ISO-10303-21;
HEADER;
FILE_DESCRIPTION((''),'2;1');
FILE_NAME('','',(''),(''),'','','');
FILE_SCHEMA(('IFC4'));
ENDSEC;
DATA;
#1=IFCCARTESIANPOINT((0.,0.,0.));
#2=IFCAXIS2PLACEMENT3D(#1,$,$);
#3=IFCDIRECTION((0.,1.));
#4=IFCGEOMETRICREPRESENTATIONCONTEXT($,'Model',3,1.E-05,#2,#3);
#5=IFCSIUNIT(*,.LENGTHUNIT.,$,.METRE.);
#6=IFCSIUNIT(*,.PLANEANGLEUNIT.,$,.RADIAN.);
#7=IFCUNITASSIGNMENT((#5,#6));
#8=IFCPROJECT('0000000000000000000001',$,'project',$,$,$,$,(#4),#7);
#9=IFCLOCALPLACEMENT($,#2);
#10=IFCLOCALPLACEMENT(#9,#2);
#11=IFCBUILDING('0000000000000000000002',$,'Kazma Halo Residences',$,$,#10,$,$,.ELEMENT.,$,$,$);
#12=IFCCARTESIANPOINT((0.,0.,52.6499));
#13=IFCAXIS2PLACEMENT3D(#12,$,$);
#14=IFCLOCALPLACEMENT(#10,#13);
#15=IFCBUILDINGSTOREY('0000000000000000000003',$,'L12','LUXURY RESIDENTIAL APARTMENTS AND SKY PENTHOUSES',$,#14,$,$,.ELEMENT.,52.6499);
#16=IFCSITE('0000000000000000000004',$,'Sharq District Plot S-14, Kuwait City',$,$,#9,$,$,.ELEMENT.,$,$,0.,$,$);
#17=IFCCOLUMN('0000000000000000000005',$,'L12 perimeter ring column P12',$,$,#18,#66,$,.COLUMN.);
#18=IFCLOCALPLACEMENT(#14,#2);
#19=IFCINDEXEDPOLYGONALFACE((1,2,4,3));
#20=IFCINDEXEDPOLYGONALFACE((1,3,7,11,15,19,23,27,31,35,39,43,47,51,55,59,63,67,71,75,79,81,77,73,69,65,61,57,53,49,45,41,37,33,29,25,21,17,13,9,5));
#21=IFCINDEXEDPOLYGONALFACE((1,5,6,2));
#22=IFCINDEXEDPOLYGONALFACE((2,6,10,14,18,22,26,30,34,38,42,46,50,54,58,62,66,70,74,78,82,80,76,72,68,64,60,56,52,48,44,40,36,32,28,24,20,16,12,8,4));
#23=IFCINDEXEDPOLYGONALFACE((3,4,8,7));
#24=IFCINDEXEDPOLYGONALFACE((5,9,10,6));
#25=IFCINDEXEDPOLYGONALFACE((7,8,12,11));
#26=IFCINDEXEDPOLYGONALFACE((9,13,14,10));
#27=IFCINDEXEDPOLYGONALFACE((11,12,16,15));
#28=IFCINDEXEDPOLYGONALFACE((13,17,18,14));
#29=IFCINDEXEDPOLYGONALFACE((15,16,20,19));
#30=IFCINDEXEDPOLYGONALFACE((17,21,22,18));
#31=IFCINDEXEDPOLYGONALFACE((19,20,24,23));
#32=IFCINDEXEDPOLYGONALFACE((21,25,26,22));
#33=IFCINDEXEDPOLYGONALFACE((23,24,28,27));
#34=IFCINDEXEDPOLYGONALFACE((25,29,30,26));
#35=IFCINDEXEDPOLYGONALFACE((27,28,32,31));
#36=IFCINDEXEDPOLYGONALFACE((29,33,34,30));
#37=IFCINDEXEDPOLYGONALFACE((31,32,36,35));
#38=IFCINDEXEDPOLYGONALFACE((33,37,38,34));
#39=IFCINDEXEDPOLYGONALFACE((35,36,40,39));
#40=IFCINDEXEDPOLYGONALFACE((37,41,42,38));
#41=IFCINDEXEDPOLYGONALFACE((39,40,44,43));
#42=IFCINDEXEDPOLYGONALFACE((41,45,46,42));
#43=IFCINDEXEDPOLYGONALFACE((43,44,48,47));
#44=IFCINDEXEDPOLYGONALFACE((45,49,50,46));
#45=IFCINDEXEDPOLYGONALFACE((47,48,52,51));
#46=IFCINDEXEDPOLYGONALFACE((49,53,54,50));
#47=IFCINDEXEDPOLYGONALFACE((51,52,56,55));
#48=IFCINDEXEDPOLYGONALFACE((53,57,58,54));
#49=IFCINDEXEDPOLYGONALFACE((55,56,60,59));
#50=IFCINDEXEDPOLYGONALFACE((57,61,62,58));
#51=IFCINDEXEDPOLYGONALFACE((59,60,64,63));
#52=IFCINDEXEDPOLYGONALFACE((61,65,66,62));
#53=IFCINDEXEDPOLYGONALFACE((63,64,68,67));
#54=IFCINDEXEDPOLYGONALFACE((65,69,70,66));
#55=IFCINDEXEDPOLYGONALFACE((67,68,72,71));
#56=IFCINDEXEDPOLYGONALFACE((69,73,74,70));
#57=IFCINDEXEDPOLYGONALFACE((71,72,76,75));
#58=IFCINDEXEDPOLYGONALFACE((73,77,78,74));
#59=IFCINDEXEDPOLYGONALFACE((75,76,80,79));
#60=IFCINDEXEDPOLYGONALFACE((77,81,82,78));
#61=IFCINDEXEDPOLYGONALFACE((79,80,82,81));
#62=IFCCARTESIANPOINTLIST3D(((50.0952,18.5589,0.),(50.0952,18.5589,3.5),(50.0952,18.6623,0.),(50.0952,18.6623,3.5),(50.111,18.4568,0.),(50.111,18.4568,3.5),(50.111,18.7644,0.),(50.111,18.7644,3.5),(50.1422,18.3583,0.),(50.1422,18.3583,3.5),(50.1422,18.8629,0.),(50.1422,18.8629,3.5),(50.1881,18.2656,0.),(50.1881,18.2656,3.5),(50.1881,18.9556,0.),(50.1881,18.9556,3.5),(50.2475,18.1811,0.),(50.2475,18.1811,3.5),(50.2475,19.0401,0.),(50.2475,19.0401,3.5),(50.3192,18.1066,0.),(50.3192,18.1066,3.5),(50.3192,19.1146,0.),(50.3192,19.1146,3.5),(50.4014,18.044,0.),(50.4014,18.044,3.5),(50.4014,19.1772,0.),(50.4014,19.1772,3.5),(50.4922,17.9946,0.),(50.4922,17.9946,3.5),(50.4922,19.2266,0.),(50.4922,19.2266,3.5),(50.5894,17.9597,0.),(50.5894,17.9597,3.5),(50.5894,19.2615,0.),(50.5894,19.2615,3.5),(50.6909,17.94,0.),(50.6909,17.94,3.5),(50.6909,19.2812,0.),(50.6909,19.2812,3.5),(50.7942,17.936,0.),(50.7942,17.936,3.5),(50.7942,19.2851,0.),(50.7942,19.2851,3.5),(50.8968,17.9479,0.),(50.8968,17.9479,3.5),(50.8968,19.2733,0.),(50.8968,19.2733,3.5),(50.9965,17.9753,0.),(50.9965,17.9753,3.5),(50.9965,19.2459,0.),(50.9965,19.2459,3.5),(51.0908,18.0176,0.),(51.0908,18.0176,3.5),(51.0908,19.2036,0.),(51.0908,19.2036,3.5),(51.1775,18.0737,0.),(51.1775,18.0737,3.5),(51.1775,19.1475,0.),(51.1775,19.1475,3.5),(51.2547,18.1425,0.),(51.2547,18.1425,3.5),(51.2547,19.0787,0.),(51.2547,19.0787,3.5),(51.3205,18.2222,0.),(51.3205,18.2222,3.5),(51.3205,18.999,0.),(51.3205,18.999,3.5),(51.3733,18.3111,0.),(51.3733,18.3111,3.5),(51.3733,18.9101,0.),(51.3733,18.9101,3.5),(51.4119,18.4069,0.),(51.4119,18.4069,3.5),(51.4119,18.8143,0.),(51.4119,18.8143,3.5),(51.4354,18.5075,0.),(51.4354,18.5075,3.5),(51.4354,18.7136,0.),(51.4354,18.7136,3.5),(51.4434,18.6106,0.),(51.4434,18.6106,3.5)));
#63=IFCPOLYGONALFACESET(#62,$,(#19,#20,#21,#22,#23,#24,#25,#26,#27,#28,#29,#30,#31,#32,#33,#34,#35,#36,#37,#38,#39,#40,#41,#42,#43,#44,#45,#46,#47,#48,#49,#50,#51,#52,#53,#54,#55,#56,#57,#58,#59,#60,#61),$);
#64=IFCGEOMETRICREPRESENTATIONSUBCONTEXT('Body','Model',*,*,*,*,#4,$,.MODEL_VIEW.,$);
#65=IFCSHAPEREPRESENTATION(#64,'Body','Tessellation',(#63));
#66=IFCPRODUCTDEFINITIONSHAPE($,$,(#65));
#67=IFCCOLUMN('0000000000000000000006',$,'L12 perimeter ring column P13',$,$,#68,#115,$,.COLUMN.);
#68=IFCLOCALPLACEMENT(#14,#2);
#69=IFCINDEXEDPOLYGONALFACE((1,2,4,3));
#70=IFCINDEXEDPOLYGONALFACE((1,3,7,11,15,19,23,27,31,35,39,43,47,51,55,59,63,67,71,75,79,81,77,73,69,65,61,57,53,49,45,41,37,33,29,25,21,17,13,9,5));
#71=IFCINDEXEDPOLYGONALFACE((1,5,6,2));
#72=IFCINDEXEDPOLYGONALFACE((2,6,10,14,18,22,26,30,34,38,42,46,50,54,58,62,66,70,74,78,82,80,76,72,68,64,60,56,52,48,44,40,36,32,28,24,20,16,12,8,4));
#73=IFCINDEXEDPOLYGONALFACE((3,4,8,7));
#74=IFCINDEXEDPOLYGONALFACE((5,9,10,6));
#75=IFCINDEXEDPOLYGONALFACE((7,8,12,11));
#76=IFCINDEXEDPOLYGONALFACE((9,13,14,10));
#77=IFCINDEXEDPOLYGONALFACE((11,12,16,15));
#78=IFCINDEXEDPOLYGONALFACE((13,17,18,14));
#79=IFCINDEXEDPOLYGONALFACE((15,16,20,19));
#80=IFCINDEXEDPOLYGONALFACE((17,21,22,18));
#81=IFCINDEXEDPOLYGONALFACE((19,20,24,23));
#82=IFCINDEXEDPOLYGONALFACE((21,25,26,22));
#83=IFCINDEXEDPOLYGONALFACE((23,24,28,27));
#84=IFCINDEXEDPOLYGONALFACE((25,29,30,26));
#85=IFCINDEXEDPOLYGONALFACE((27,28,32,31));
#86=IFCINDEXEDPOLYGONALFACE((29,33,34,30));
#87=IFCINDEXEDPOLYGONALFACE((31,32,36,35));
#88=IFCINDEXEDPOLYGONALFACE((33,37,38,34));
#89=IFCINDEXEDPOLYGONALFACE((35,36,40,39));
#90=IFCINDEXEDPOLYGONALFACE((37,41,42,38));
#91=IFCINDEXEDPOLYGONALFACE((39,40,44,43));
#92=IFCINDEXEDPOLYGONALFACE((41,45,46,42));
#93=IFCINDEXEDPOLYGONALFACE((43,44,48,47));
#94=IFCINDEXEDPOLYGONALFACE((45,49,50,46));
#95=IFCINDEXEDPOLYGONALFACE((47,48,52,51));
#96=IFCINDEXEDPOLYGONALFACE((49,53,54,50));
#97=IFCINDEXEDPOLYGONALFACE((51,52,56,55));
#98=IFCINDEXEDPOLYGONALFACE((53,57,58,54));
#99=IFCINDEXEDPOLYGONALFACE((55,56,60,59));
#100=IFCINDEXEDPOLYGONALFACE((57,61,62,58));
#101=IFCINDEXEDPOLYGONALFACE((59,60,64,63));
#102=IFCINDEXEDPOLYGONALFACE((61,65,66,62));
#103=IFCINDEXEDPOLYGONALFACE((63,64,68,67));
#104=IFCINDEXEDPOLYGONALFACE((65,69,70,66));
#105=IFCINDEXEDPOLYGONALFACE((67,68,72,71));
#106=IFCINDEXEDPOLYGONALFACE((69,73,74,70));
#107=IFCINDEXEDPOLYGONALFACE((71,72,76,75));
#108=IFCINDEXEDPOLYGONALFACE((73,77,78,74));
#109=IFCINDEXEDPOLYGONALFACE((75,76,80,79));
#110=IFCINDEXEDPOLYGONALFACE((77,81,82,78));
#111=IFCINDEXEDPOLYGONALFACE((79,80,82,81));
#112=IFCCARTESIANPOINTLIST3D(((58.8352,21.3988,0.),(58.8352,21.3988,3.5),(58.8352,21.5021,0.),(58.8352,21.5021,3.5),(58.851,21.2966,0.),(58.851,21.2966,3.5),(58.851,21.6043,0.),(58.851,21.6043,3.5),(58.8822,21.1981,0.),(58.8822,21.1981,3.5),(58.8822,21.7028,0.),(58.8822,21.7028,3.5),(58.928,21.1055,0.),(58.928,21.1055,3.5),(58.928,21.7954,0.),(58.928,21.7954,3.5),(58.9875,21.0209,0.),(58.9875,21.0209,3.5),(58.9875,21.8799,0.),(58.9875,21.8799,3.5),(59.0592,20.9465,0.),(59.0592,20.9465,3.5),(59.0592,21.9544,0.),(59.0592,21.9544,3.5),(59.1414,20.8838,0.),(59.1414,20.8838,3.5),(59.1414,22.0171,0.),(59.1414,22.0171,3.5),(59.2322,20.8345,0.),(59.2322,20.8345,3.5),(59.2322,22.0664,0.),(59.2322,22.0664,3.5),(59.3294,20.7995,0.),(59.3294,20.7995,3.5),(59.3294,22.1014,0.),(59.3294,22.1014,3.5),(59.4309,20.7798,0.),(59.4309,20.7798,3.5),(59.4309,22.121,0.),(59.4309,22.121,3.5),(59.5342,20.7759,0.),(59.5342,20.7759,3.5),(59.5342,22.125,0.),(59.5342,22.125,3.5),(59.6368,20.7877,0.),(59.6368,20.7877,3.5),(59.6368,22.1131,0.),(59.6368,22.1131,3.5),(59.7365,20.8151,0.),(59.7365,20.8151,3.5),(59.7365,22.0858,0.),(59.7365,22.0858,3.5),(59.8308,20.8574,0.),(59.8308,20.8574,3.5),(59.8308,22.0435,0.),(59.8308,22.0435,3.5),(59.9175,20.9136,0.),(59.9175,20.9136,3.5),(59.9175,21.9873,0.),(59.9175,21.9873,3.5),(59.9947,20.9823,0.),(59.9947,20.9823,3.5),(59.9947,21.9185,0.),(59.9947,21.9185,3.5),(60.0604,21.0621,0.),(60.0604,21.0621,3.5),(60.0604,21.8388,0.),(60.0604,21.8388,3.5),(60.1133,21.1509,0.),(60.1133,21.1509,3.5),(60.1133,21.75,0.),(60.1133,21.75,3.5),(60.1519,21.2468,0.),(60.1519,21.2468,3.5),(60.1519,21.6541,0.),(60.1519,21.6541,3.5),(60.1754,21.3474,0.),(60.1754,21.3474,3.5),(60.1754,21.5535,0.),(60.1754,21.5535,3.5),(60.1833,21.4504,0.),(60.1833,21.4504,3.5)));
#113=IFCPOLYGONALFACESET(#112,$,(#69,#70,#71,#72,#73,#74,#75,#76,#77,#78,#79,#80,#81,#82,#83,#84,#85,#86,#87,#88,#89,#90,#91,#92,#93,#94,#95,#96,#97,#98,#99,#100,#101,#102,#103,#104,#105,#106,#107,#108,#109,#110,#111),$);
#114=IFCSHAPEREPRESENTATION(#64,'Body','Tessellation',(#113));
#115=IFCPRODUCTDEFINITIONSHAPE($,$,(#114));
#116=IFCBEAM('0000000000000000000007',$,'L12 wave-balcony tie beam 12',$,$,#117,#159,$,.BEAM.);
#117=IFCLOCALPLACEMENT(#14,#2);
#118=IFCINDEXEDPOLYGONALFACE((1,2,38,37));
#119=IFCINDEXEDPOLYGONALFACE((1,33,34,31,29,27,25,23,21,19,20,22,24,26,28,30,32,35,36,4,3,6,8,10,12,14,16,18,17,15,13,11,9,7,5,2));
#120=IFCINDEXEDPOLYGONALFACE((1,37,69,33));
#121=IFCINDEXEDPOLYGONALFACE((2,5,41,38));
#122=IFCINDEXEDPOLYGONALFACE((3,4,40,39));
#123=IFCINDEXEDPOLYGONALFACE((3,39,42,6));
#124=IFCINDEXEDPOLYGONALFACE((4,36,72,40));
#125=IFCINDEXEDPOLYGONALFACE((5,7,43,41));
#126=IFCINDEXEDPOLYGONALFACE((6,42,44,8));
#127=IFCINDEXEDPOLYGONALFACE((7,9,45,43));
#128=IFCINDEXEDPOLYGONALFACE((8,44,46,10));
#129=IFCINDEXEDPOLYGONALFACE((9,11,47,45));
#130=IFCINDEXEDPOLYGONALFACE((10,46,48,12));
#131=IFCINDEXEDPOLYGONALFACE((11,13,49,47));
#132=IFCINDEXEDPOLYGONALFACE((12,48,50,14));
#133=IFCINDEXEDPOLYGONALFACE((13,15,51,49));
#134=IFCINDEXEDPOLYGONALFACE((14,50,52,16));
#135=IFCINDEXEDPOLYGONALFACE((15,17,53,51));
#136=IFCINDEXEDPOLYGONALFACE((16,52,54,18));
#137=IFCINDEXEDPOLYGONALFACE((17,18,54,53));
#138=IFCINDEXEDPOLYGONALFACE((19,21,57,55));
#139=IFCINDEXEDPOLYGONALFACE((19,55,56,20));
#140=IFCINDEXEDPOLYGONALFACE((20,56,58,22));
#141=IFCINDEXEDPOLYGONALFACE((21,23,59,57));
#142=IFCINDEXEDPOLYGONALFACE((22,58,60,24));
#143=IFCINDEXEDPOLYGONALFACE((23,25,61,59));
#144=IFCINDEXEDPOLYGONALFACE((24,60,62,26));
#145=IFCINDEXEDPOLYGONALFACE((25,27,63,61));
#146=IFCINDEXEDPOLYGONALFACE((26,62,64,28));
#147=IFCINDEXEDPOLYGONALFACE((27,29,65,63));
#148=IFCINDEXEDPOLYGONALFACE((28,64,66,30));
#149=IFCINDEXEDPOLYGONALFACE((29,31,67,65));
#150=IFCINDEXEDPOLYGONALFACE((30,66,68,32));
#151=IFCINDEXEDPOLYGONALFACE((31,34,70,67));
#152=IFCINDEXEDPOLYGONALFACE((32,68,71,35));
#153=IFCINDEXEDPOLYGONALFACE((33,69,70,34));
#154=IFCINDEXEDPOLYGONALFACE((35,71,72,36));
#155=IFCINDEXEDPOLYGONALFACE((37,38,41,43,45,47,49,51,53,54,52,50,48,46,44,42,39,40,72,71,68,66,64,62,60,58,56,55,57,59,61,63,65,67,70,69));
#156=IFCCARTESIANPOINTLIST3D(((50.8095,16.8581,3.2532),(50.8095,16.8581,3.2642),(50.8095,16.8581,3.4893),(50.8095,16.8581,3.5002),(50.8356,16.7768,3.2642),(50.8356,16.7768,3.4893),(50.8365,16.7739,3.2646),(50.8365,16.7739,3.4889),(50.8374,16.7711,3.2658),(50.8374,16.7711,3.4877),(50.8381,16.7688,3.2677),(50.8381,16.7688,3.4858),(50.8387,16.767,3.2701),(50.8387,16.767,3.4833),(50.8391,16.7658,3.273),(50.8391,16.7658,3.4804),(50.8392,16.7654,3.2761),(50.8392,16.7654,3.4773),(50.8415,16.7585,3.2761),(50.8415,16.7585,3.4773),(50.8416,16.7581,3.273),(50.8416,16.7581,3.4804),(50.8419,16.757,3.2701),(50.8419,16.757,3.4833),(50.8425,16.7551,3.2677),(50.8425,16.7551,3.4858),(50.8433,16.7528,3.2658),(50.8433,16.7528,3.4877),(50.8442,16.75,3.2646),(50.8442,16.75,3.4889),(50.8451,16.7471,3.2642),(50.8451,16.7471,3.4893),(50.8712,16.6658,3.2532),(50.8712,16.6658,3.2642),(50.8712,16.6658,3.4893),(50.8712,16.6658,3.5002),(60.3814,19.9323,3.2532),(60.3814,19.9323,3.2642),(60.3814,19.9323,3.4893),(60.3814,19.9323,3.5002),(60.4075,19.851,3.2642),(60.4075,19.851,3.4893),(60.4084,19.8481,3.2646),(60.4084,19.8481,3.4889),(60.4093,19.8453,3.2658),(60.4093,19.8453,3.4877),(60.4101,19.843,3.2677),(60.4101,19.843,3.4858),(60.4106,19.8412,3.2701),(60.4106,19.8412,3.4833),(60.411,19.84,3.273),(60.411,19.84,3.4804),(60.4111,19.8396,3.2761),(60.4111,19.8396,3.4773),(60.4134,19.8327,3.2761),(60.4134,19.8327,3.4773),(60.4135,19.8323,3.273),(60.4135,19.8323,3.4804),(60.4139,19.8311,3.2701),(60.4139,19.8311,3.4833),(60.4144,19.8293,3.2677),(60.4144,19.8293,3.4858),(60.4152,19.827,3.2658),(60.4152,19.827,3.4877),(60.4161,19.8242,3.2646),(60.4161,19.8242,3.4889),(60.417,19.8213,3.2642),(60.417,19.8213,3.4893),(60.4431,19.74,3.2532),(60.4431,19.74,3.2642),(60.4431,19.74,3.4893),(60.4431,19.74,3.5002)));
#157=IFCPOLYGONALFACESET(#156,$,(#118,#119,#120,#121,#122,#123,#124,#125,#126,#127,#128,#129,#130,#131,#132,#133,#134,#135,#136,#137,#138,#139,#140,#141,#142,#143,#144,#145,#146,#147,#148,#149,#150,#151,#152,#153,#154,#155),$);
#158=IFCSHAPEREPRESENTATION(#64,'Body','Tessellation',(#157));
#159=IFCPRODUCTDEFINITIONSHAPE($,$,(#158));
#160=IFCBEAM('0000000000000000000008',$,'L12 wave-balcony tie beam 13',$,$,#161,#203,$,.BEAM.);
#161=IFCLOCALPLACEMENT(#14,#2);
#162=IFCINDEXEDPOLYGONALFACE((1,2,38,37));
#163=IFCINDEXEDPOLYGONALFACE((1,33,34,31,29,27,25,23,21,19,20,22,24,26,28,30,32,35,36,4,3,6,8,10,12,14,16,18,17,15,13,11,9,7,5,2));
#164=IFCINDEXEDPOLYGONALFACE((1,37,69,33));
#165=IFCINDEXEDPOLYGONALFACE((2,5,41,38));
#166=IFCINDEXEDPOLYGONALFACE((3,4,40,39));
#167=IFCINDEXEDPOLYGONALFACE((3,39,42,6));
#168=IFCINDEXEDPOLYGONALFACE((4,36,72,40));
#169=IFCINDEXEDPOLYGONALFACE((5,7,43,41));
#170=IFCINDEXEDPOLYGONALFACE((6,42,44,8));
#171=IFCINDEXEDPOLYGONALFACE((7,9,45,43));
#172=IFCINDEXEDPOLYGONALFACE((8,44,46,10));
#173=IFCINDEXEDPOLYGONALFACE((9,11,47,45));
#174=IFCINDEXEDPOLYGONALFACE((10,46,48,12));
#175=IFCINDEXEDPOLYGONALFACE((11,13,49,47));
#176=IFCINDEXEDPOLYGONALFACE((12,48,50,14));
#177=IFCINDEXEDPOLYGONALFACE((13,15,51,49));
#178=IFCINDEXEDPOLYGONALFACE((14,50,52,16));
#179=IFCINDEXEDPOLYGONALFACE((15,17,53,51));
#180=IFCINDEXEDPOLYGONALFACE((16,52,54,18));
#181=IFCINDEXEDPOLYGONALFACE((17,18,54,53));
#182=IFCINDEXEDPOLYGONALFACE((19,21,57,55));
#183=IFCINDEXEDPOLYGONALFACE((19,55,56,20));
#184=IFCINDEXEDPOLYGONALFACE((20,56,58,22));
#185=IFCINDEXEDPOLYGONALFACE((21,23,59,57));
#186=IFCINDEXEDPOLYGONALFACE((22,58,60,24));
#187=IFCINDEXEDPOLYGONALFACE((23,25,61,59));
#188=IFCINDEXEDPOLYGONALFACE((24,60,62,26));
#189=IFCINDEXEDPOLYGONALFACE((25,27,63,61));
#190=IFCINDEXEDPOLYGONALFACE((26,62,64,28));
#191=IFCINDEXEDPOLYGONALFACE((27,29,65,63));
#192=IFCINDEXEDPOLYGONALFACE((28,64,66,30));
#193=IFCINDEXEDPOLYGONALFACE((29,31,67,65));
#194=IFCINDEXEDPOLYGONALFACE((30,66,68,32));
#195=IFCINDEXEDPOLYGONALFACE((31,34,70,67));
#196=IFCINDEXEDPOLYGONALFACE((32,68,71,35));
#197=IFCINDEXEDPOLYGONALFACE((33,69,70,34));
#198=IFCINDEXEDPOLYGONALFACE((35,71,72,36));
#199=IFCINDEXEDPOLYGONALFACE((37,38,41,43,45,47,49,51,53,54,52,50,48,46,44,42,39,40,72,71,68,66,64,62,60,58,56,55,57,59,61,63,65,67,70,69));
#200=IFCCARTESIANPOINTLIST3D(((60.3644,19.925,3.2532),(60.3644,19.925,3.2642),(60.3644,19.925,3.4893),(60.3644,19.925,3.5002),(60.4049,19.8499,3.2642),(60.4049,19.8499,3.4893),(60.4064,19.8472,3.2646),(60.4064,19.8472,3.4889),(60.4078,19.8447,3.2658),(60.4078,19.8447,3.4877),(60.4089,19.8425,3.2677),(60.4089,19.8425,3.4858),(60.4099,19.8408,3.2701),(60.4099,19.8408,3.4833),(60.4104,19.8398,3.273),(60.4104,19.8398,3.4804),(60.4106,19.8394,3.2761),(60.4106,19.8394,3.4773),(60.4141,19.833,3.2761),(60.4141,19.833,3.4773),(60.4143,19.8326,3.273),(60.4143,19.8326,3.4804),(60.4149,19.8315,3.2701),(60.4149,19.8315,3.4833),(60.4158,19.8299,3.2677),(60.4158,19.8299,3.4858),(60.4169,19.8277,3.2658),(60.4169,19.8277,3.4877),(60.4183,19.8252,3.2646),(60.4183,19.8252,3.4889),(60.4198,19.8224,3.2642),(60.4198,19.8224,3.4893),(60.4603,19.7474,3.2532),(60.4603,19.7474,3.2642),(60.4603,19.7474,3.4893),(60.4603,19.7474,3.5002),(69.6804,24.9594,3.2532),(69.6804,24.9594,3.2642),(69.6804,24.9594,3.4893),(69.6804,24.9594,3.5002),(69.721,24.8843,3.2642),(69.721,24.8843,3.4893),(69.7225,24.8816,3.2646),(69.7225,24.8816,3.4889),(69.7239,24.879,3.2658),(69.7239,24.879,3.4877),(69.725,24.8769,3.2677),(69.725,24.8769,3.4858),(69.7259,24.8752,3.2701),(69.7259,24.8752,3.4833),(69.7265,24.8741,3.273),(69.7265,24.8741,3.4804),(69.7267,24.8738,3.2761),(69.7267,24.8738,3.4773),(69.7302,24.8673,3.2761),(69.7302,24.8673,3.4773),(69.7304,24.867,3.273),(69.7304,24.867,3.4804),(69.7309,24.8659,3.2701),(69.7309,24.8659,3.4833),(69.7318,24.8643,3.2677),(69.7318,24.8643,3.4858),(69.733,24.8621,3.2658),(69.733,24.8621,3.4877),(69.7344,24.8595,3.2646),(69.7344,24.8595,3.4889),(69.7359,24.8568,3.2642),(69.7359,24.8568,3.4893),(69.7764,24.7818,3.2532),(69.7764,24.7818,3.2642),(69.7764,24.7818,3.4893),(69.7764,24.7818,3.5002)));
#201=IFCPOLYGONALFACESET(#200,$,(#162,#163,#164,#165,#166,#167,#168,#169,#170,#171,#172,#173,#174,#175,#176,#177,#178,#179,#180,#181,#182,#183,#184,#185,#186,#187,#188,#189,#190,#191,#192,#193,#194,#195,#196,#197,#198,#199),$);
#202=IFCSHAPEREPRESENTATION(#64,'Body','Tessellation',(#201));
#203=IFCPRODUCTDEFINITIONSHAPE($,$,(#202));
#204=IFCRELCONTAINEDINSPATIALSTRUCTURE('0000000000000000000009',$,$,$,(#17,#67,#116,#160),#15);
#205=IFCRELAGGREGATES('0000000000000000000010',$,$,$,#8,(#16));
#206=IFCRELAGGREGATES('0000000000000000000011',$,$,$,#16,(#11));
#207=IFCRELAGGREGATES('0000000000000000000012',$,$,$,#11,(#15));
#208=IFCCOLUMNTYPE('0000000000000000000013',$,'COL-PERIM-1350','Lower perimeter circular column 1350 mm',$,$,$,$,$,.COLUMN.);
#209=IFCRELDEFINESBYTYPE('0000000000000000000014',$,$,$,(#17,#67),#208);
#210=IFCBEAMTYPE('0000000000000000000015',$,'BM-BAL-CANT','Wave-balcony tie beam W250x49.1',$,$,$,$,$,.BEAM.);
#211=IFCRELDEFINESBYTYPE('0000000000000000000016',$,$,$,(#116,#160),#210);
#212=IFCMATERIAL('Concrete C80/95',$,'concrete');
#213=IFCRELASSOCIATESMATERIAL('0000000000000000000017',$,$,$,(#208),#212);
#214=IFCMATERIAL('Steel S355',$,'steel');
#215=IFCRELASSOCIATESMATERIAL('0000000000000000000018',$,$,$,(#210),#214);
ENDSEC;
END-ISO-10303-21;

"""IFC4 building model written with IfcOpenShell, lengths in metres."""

from ifc_helpers import new_model, si_unit, direction, frame, origin, origin_2d, place, context, subcontext, project, spatial, circle, i_section, extrude, material, material_profile, profile_set, type_object, element, save


model = new_model("IFC4")

# Units and contexts
model_context = context("Model", 3, precision=1e-05, world=origin(), true_north=direction((0.0, 1.0)))
body_context = subcontext(model_context, "Body", "Model", "MODEL_VIEW")
ifc_project = project(units=[si_unit("LENGTHUNIT", "METRE"), si_unit("PLANEANGLEUNIT", "RADIAN")], contexts=[model_context])

# Site, building, storey
site_placement = place(None, origin())
site = spatial("IfcSite", under=ifc_project, at=site_placement, Name="Sharq District Plot S-14, Kuwait City", CompositionType="ELEMENT", RefElevation=0.0)
building_placement = place(site_placement, origin())
building = spatial("IfcBuilding", under=site, at=building_placement, Name="Kazma Halo Residences", CompositionType="ELEMENT")
storey_placement = place(building_placement, frame((0.0, 0.0, 52.6499)))
storey = spatial("IfcBuildingStorey", under=building, at=storey_placement, Name="L12", Description="LUXURY RESIDENTIAL APARTMENTS AND SKY PENTHOUSES", CompositionType="ELEMENT", Elevation=52.6499)

# Columns
ifc_material_1 = material(Name="Concrete C80/95", Category="concrete")
ifc_material_profile_1 = material_profile(ifc_material_1, circle(Radius=0.675, at=origin_2d()), Name="CIRC1350")
ifc_profile_set_1 = profile_set([ifc_material_profile_1], Name="Concrete C80/95")
column_type = type_object("IfcColumnType", Name="COL-PERIM-1350", Description="Lower perimeter circular column 1350 mm", PredefinedType="COLUMN", material=ifc_profile_set_1)
for number, where, z_axis, x_axis, name in (
    (1, (50.7683, 18.6106, 0.0), (0.0, 0.0, 1.0), (1.0, 0.0, 0.0), "L12 perimeter ring column P12"),
    (2, (59.5083, 21.4504, 0.0), (0.0, 0.0, 1.0), (1.0, 0.0, 0.0), "L12 perimeter ring column P13"),
):
    element("IfcColumn", number, at=place(storey_placement, frame(where, z_axis=z_axis, x_axis=x_axis)), inside=storey, type_object=column_type, Name=name, PredefinedType="COLUMN", context=body_context, shape_type="SweptSolid", body=[
        extrude(circle(Radius=0.675, at=origin_2d()), origin(), (0.0, 0.0, 1.0), 3.5),
    ])

# Beams
ifc_material_2 = material(Name="Steel S355", Category="steel")
ifc_material_profile_2 = material_profile(ifc_material_2, i_section(OverallWidth=0.2019, OverallDepth=0.2471, WebThickness=0.0073, FlangeThickness=0.011, FilletRadius=0.012, at=origin_2d()), Name="W250x49.1")
ifc_profile_set_2 = profile_set([ifc_material_profile_2], Name="Steel S355")
beam_type_1 = type_object("IfcBeamType", Name="BM-BAL-CANT", Description="Wave-balcony tie beam W250x49.1", PredefinedType="BEAM", material=ifc_profile_set_2)
beam_1_placement = place(storey_placement, frame((50.8403, 16.762, 3.3767), z_axis=(0.952101, 0.305784, 0.0), x_axis=(-0.305784, 0.952101, 0.0)))
element("IfcBeam", 3, at=beam_1_placement, inside=storey, type_object=beam_type_1, Name="L12 wave-balcony tie beam 12", PredefinedType="BEAM", context=body_context, shape_type="SweptSolid", body=[
    extrude(i_section(OverallWidth=0.2019, OverallDepth=0.2471, WebThickness=0.0073, FlangeThickness=0.011, FilletRadius=0.012, at=origin_2d()), origin(), (0.0, 0.0, 1.0), 10.0535),
])
beam_2_placement = place(storey_placement, frame((60.4124, 19.8362, 3.3767), z_axis=(0.879759, 0.475419, 0.0), x_axis=(-0.475419, 0.879759, 0.0)))
element("IfcBeam", 4, at=beam_2_placement, inside=storey, type_object=beam_type_1, Name="L12 wave-balcony tie beam 13", PredefinedType="BEAM", context=body_context, shape_type="SweptSolid", body=[
    extrude(i_section(OverallWidth=0.2019, OverallDepth=0.2471, WebThickness=0.0073, FlangeThickness=0.011, FilletRadius=0.012, at=origin_2d()), origin(), (0.0, 0.0, 1.0), 10.5894),
])

save(model, "model.ifc")
